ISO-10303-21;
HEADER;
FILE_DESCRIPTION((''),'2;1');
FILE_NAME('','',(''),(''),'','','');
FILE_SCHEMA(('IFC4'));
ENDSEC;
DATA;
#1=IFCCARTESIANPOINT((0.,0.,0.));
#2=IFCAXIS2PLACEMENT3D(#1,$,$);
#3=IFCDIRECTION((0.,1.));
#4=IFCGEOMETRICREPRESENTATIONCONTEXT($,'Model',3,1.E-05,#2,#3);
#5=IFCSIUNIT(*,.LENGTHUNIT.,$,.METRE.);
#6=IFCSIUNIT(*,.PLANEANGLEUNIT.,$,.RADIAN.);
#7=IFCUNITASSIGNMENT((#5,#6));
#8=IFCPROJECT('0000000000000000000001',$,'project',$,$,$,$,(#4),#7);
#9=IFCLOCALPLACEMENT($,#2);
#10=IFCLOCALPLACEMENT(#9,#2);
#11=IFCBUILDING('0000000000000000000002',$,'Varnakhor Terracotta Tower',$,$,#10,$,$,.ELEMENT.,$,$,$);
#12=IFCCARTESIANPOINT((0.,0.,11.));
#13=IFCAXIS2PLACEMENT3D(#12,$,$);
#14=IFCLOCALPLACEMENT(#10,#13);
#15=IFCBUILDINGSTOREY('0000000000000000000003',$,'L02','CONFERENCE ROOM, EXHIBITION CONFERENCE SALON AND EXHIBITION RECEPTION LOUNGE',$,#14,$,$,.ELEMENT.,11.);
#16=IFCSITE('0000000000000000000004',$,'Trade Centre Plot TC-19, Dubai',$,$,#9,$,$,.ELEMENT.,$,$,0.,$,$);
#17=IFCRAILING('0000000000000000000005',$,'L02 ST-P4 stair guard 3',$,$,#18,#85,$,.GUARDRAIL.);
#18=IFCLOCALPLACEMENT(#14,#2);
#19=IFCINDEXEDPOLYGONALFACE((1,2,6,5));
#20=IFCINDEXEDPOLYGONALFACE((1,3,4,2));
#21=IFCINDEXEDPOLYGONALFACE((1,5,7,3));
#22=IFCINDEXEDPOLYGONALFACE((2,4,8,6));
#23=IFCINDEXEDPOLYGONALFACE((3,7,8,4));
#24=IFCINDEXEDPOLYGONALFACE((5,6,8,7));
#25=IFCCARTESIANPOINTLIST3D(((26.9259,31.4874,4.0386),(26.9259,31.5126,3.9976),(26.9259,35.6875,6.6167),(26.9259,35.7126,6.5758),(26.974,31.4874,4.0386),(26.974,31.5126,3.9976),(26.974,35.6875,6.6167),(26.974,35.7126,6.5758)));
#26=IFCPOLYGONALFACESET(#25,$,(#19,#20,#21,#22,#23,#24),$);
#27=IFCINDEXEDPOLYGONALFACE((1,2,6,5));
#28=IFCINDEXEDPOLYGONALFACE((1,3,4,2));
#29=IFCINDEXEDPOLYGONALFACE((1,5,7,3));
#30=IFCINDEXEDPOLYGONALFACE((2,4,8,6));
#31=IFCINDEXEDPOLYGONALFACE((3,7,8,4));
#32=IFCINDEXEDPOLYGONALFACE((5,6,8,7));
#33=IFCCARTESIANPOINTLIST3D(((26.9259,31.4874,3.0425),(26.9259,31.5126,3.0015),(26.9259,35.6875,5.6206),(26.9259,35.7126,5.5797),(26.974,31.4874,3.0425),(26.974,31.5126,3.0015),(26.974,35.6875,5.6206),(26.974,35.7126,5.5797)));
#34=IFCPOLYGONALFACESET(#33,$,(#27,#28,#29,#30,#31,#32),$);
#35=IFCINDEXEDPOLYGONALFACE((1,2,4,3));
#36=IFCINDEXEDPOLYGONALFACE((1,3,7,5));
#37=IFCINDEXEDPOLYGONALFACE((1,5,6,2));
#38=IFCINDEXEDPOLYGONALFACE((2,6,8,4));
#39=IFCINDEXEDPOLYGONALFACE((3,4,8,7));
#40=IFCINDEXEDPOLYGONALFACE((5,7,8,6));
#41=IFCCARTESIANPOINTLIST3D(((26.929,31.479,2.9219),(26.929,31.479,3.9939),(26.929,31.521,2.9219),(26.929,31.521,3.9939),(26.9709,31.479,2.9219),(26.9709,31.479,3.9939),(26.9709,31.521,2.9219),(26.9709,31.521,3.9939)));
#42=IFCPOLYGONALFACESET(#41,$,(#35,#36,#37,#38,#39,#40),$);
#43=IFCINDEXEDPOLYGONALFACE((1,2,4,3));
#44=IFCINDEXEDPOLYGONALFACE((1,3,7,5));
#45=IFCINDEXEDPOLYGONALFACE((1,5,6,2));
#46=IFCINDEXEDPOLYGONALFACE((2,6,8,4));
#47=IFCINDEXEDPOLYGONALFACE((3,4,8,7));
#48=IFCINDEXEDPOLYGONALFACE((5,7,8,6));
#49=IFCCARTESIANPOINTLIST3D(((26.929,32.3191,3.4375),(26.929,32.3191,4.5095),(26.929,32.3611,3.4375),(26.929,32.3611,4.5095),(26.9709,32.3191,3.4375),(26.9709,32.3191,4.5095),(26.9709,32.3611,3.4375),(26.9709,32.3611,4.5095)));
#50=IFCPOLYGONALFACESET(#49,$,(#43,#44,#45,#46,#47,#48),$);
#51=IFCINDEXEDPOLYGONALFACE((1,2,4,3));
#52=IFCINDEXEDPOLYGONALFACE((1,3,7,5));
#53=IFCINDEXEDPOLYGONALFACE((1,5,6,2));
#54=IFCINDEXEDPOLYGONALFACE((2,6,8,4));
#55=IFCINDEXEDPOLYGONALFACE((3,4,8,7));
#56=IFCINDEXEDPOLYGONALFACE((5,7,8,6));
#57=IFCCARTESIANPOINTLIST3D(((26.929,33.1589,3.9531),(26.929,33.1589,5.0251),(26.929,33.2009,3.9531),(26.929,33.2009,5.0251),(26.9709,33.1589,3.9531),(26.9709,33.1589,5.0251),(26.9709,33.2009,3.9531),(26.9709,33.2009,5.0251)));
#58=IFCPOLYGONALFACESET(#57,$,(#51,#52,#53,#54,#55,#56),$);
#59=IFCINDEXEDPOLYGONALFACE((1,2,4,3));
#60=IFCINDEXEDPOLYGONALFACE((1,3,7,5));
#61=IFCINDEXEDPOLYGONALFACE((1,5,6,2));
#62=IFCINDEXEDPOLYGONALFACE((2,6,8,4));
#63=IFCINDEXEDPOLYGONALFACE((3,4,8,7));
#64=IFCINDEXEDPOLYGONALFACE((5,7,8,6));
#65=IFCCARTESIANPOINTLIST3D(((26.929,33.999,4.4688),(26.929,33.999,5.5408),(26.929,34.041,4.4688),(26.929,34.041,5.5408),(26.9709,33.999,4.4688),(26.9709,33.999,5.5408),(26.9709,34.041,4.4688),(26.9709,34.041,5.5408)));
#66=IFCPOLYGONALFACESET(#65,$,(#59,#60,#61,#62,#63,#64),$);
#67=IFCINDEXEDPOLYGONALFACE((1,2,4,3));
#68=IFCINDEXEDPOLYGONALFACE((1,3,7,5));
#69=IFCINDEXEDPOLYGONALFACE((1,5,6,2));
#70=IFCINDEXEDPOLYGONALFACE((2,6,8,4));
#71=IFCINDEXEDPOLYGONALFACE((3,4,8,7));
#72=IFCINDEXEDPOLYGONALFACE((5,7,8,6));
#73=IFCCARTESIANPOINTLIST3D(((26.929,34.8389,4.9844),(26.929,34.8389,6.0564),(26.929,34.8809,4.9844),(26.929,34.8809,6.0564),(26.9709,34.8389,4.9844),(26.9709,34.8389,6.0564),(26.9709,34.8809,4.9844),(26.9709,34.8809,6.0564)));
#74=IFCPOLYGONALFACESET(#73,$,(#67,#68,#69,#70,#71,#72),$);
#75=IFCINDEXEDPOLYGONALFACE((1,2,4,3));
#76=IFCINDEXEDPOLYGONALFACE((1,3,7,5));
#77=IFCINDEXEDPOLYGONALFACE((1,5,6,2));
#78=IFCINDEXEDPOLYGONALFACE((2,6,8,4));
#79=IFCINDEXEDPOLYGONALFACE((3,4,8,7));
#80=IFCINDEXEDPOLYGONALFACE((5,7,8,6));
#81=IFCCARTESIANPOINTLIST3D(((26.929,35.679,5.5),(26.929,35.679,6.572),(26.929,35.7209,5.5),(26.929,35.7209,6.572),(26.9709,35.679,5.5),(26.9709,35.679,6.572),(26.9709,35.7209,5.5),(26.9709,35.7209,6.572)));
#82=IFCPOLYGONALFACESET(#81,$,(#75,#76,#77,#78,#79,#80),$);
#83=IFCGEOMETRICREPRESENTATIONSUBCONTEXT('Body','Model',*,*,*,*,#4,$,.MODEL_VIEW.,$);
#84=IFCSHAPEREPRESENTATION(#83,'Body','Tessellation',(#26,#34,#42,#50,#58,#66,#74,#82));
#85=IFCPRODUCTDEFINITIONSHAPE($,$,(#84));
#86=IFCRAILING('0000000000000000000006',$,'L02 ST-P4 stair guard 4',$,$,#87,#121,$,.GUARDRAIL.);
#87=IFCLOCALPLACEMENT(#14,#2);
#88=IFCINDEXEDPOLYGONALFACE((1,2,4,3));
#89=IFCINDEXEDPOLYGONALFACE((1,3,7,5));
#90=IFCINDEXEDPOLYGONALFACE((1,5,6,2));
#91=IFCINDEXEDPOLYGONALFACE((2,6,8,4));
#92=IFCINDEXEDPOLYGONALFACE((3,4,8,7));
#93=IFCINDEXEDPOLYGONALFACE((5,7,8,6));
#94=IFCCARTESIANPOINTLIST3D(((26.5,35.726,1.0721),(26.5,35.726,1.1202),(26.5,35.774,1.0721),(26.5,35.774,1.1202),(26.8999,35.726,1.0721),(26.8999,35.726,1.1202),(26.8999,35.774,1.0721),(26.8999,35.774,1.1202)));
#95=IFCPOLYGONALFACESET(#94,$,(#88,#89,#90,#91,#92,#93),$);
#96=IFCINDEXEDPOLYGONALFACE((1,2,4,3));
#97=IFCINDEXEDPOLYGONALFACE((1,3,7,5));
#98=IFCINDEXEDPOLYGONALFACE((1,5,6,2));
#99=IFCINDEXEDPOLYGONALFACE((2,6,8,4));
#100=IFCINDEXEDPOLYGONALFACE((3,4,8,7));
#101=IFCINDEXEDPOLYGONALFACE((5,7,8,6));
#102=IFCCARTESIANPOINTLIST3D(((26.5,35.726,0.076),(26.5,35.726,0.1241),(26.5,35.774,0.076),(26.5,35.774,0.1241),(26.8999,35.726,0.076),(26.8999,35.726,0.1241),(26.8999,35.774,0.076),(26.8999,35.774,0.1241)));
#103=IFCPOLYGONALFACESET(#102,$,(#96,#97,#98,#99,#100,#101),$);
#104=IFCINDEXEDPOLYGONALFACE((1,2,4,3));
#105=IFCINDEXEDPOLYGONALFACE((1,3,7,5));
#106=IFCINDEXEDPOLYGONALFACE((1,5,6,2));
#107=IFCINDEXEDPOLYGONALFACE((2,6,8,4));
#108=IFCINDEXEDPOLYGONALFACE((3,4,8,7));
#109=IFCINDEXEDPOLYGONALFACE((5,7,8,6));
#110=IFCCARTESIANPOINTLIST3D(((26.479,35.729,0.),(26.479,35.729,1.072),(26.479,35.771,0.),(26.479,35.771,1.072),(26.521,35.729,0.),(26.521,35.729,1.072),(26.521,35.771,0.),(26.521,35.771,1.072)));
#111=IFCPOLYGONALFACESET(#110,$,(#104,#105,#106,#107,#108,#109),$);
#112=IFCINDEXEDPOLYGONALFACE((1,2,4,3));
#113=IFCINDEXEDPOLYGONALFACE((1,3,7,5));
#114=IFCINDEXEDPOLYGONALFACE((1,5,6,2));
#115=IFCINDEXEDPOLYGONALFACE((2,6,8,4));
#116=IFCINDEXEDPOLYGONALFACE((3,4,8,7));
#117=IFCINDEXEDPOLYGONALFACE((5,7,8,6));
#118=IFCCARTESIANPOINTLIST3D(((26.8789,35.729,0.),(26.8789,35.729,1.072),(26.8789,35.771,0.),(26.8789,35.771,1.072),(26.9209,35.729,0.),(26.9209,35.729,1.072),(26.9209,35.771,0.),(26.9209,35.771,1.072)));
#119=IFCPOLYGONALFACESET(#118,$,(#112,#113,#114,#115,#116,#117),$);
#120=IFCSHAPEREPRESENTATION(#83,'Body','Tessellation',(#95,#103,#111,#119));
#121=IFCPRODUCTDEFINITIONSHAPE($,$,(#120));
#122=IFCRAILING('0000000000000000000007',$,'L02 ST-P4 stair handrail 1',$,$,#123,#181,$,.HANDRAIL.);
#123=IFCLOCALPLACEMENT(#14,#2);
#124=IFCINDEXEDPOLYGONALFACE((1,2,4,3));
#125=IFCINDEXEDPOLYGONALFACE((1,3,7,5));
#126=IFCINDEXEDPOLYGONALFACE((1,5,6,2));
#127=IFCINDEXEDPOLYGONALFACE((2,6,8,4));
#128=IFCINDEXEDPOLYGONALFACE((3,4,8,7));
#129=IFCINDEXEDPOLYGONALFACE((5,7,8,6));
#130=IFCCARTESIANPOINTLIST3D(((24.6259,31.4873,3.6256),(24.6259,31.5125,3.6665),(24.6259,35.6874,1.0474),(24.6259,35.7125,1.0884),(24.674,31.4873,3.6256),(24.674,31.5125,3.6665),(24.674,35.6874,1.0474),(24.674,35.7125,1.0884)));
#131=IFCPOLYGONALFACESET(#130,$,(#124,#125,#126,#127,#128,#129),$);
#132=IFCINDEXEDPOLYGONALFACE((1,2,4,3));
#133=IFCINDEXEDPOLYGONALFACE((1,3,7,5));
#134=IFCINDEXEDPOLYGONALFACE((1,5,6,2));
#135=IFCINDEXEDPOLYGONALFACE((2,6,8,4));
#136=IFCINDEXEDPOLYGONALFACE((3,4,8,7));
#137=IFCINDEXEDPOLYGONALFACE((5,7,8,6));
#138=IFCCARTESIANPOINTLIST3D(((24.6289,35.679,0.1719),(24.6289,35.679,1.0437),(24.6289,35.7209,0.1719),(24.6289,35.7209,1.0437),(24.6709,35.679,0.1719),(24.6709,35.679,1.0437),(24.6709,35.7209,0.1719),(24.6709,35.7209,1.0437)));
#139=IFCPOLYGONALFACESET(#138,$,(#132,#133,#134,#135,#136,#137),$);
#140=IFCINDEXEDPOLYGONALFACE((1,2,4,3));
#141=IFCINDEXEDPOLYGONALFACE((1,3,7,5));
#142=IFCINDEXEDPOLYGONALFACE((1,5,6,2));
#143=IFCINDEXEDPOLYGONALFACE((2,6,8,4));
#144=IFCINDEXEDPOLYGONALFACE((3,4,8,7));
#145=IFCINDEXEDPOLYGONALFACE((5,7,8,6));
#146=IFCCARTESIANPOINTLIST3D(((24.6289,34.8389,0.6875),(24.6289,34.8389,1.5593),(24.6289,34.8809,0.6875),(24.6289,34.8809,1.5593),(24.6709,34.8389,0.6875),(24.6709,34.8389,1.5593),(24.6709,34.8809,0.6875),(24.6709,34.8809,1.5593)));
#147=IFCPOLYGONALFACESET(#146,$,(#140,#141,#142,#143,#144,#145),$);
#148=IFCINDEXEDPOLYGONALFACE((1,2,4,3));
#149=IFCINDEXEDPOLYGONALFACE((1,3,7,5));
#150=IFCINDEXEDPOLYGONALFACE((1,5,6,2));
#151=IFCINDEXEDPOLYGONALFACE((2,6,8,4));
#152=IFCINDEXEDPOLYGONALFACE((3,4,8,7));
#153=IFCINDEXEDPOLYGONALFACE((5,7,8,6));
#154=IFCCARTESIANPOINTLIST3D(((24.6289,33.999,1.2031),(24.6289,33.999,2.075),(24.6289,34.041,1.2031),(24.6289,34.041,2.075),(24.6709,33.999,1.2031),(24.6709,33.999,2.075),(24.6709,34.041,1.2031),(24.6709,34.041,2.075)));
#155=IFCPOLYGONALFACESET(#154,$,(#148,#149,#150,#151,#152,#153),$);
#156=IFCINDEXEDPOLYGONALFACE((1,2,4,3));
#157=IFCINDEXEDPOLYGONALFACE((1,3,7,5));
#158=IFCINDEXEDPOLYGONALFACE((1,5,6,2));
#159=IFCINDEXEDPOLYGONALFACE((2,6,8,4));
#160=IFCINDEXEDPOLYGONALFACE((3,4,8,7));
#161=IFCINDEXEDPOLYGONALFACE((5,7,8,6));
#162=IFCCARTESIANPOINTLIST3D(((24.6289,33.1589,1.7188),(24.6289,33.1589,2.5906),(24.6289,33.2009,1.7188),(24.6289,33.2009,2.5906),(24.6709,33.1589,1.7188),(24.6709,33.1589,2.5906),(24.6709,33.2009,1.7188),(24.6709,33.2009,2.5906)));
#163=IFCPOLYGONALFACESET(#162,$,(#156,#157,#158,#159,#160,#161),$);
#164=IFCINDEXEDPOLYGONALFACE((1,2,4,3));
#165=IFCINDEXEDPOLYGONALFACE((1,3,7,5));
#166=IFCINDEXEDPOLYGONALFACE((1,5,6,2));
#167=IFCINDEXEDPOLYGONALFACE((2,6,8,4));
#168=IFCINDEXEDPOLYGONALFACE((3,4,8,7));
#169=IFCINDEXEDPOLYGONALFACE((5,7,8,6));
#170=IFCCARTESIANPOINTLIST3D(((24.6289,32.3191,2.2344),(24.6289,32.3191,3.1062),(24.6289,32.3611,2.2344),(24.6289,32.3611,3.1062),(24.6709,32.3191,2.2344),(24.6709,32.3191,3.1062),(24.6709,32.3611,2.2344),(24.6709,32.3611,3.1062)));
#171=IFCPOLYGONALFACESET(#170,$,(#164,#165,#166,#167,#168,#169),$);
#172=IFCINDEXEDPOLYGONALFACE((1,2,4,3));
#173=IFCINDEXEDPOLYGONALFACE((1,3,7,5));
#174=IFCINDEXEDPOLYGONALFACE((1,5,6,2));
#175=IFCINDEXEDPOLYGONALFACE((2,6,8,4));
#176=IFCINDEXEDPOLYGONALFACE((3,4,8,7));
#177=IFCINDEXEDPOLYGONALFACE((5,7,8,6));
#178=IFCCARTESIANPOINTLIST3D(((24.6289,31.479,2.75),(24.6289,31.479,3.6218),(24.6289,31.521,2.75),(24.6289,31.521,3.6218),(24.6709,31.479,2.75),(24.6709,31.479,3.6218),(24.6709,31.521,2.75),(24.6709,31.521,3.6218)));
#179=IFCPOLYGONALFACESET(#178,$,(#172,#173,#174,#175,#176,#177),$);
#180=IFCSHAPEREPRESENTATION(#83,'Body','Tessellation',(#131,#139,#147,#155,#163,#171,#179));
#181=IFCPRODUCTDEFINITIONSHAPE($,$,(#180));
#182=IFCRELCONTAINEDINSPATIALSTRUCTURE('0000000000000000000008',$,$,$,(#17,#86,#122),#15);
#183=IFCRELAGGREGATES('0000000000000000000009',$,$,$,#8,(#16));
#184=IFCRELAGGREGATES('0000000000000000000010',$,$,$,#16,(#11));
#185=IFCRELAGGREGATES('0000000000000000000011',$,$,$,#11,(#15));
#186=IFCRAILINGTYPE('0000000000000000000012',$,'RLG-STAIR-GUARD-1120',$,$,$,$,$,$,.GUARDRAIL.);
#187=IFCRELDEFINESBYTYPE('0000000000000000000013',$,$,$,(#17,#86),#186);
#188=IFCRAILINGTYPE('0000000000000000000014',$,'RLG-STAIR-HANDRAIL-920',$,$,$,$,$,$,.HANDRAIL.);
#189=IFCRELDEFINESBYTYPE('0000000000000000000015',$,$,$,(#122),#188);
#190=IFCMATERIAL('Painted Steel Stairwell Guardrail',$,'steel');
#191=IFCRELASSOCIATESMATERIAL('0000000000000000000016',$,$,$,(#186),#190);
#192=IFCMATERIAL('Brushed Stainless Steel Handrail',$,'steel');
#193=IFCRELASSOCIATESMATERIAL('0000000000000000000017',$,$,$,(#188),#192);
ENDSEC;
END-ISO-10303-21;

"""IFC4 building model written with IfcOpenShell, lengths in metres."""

from ifc_helpers import new_model, si_unit, direction, frame, origin, origin_2d, place, context, subcontext, project, spatial, rectangle, extrude, material, type_object, element, save


model = new_model("IFC4")

# Units and contexts
model_context = context("Model", 3, precision=1e-05, world=origin(), true_north=direction((0.0, 1.0)))
body_context = subcontext(model_context, "Body", "Model", "MODEL_VIEW")
ifc_project = project(units=[si_unit("LENGTHUNIT", "METRE"), si_unit("PLANEANGLEUNIT", "RADIAN")], contexts=[model_context])

# Site, building, storey
site_placement = place(None, origin())
site = spatial("IfcSite", under=ifc_project, at=site_placement, Name="Trade Centre Plot TC-19, Dubai", CompositionType="ELEMENT", RefElevation=0.0)
building_placement = place(site_placement, origin())
building = spatial("IfcBuilding", under=site, at=building_placement, Name="Varnakhor Terracotta Tower", CompositionType="ELEMENT")
storey_placement = place(building_placement, frame((0.0, 0.0, 11.0)))
storey = spatial("IfcBuildingStorey", under=building, at=storey_placement, Name="L02", Description="CONFERENCE ROOM, EXHIBITION CONFERENCE SALON AND EXHIBITION RECEPTION LOUNGE", CompositionType="ELEMENT", Elevation=11.0)

# Railings
ifc_material_1 = material(Name="Painted Steel Stairwell Guardrail", Category="steel")
railing_type_1 = type_object("IfcRailingType", Name="RLG-STAIR-GUARD-1120", PredefinedType="GUARDRAIL", material=ifc_material_1)
railing_1_placement = place(storey_placement, frame((26.95, 31.5, 2.9219)))
element("IfcRailing", 1, at=railing_1_placement, inside=storey, type_object=railing_type_1, Name="L02 ST-P4 stair guard 3", PredefinedType="GUARDRAIL", context=body_context, shape_type="SweptSolid", body=[
    extrude(rectangle(XDim=0.0481, YDim=0.0481, at=origin_2d()), frame((0.0, 0.0, 1.0962), z_axis=(0.0, 0.852243, 0.523146), x_axis=(-1.0, 0.0, 0.0)), (0.0, 0.0, 1.0), 4.9282),
    extrude(rectangle(XDim=0.0481, YDim=0.0481, at=origin_2d()), frame((0.0, 0.0, 0.1001), z_axis=(0.0, 0.852243, 0.523146), x_axis=(-1.0, 0.0, 0.0)), (0.0, 0.0, 1.0), 4.9282),
    extrude(rectangle(XDim=0.042, YDim=0.042, at=origin_2d()), origin(), (0.0, 0.0, 1.0), 1.072),
    extrude(rectangle(XDim=0.042, YDim=0.042, at=origin_2d()), frame((0.0, 0.8401, 0.5156)), (0.0, 0.0, 1.0), 1.072),
    extrude(rectangle(XDim=0.042, YDim=0.042, at=origin_2d()), frame((0.0, 1.6799, 1.0312)), (0.0, 0.0, 1.0), 1.072),
    extrude(rectangle(XDim=0.042, YDim=0.042, at=origin_2d()), frame((0.0, 2.52, 1.5469)), (0.0, 0.0, 1.0), 1.072),
    extrude(rectangle(XDim=0.042, YDim=0.042, at=origin_2d()), frame((0.0, 3.3599, 2.0625)), (0.0, 0.0, 1.0), 1.072),
    extrude(rectangle(XDim=0.042, YDim=0.042, at=origin_2d()), frame((0.0, 4.2, 2.5781)), (0.0, 0.0, 1.0), 1.072),
])
railing_2_placement = place(storey_placement, frame((26.5, 35.75, 0.0)))
element("IfcRailing", 2, at=railing_2_placement, inside=storey, type_object=railing_type_1, Name="L02 ST-P4 stair guard 4", PredefinedType="GUARDRAIL", context=body_context, shape_type="SweptSolid", body=[
    extrude(rectangle(XDim=0.0481, YDim=0.0481, at=origin_2d()), frame((0.0, 0.0, 1.0962), z_axis=(1.0, 0.0, 0.0), x_axis=(0.0, 1.0, 0.0)), (0.0, 0.0, 1.0), 0.3999),
    extrude(rectangle(XDim=0.0481, YDim=0.0481, at=origin_2d()), frame((0.0, 0.0, 0.1001), z_axis=(1.0, 0.0, 0.0), x_axis=(0.0, 1.0, 0.0)), (0.0, 0.0, 1.0), 0.3999),
    extrude(rectangle(XDim=0.042, YDim=0.042, at=origin_2d()), origin(), (0.0, 0.0, 1.0), 1.072),
    extrude(rectangle(XDim=0.042, YDim=0.042, at=origin_2d()), frame((0.3999, 0.0, 0.0)), (0.0, 0.0, 1.0), 1.072),
])
ifc_material_2 = material(Name="Brushed Stainless Steel Handrail", Category="steel")
railing_type_2 = type_object("IfcRailingType", Name="RLG-STAIR-HANDRAIL-920", PredefinedType="HANDRAIL", material=ifc_material_2)
railing_3_placement = place(storey_placement, frame((24.6499, 35.7, 0.1719)))
element("IfcRailing", 3, at=railing_3_placement, inside=storey, type_object=railing_type_2, Name="L02 ST-P4 stair handrail 1", PredefinedType="HANDRAIL", context=body_context, shape_type="SweptSolid", body=[
    extrude(rectangle(XDim=0.0481, YDim=0.0481, at=origin_2d()), frame((0.0, 0.0, 0.896), z_axis=(0.0, -0.852243, 0.523146), x_axis=(1.0, 0.0, 0.0)), (0.0, 0.0, 1.0), 4.9282),
    extrude(rectangle(XDim=0.042, YDim=0.042, at=origin_2d()), origin(), (0.0, 0.0, 1.0), 0.8718),
    extrude(rectangle(XDim=0.042, YDim=0.042, at=origin_2d()), frame((0.0, -0.8401, 0.5156)), (0.0, 0.0, 1.0), 0.8718),
    extrude(rectangle(XDim=0.042, YDim=0.042, at=origin_2d()), frame((0.0, -1.6799, 1.0312)), (0.0, 0.0, 1.0), 0.8718),
    extrude(rectangle(XDim=0.042, YDim=0.042, at=origin_2d()), frame((0.0, -2.52, 1.5469)), (0.0, 0.0, 1.0), 0.8718),
    extrude(rectangle(XDim=0.042, YDim=0.042, at=origin_2d()), frame((0.0, -3.3599, 2.0625)), (0.0, 0.0, 1.0), 0.8718),
    extrude(rectangle(XDim=0.042, YDim=0.042, at=origin_2d()), frame((0.0, -4.2, 2.5781)), (0.0, 0.0, 1.0), 0.8718),
])

save(model, "model.ifc")
